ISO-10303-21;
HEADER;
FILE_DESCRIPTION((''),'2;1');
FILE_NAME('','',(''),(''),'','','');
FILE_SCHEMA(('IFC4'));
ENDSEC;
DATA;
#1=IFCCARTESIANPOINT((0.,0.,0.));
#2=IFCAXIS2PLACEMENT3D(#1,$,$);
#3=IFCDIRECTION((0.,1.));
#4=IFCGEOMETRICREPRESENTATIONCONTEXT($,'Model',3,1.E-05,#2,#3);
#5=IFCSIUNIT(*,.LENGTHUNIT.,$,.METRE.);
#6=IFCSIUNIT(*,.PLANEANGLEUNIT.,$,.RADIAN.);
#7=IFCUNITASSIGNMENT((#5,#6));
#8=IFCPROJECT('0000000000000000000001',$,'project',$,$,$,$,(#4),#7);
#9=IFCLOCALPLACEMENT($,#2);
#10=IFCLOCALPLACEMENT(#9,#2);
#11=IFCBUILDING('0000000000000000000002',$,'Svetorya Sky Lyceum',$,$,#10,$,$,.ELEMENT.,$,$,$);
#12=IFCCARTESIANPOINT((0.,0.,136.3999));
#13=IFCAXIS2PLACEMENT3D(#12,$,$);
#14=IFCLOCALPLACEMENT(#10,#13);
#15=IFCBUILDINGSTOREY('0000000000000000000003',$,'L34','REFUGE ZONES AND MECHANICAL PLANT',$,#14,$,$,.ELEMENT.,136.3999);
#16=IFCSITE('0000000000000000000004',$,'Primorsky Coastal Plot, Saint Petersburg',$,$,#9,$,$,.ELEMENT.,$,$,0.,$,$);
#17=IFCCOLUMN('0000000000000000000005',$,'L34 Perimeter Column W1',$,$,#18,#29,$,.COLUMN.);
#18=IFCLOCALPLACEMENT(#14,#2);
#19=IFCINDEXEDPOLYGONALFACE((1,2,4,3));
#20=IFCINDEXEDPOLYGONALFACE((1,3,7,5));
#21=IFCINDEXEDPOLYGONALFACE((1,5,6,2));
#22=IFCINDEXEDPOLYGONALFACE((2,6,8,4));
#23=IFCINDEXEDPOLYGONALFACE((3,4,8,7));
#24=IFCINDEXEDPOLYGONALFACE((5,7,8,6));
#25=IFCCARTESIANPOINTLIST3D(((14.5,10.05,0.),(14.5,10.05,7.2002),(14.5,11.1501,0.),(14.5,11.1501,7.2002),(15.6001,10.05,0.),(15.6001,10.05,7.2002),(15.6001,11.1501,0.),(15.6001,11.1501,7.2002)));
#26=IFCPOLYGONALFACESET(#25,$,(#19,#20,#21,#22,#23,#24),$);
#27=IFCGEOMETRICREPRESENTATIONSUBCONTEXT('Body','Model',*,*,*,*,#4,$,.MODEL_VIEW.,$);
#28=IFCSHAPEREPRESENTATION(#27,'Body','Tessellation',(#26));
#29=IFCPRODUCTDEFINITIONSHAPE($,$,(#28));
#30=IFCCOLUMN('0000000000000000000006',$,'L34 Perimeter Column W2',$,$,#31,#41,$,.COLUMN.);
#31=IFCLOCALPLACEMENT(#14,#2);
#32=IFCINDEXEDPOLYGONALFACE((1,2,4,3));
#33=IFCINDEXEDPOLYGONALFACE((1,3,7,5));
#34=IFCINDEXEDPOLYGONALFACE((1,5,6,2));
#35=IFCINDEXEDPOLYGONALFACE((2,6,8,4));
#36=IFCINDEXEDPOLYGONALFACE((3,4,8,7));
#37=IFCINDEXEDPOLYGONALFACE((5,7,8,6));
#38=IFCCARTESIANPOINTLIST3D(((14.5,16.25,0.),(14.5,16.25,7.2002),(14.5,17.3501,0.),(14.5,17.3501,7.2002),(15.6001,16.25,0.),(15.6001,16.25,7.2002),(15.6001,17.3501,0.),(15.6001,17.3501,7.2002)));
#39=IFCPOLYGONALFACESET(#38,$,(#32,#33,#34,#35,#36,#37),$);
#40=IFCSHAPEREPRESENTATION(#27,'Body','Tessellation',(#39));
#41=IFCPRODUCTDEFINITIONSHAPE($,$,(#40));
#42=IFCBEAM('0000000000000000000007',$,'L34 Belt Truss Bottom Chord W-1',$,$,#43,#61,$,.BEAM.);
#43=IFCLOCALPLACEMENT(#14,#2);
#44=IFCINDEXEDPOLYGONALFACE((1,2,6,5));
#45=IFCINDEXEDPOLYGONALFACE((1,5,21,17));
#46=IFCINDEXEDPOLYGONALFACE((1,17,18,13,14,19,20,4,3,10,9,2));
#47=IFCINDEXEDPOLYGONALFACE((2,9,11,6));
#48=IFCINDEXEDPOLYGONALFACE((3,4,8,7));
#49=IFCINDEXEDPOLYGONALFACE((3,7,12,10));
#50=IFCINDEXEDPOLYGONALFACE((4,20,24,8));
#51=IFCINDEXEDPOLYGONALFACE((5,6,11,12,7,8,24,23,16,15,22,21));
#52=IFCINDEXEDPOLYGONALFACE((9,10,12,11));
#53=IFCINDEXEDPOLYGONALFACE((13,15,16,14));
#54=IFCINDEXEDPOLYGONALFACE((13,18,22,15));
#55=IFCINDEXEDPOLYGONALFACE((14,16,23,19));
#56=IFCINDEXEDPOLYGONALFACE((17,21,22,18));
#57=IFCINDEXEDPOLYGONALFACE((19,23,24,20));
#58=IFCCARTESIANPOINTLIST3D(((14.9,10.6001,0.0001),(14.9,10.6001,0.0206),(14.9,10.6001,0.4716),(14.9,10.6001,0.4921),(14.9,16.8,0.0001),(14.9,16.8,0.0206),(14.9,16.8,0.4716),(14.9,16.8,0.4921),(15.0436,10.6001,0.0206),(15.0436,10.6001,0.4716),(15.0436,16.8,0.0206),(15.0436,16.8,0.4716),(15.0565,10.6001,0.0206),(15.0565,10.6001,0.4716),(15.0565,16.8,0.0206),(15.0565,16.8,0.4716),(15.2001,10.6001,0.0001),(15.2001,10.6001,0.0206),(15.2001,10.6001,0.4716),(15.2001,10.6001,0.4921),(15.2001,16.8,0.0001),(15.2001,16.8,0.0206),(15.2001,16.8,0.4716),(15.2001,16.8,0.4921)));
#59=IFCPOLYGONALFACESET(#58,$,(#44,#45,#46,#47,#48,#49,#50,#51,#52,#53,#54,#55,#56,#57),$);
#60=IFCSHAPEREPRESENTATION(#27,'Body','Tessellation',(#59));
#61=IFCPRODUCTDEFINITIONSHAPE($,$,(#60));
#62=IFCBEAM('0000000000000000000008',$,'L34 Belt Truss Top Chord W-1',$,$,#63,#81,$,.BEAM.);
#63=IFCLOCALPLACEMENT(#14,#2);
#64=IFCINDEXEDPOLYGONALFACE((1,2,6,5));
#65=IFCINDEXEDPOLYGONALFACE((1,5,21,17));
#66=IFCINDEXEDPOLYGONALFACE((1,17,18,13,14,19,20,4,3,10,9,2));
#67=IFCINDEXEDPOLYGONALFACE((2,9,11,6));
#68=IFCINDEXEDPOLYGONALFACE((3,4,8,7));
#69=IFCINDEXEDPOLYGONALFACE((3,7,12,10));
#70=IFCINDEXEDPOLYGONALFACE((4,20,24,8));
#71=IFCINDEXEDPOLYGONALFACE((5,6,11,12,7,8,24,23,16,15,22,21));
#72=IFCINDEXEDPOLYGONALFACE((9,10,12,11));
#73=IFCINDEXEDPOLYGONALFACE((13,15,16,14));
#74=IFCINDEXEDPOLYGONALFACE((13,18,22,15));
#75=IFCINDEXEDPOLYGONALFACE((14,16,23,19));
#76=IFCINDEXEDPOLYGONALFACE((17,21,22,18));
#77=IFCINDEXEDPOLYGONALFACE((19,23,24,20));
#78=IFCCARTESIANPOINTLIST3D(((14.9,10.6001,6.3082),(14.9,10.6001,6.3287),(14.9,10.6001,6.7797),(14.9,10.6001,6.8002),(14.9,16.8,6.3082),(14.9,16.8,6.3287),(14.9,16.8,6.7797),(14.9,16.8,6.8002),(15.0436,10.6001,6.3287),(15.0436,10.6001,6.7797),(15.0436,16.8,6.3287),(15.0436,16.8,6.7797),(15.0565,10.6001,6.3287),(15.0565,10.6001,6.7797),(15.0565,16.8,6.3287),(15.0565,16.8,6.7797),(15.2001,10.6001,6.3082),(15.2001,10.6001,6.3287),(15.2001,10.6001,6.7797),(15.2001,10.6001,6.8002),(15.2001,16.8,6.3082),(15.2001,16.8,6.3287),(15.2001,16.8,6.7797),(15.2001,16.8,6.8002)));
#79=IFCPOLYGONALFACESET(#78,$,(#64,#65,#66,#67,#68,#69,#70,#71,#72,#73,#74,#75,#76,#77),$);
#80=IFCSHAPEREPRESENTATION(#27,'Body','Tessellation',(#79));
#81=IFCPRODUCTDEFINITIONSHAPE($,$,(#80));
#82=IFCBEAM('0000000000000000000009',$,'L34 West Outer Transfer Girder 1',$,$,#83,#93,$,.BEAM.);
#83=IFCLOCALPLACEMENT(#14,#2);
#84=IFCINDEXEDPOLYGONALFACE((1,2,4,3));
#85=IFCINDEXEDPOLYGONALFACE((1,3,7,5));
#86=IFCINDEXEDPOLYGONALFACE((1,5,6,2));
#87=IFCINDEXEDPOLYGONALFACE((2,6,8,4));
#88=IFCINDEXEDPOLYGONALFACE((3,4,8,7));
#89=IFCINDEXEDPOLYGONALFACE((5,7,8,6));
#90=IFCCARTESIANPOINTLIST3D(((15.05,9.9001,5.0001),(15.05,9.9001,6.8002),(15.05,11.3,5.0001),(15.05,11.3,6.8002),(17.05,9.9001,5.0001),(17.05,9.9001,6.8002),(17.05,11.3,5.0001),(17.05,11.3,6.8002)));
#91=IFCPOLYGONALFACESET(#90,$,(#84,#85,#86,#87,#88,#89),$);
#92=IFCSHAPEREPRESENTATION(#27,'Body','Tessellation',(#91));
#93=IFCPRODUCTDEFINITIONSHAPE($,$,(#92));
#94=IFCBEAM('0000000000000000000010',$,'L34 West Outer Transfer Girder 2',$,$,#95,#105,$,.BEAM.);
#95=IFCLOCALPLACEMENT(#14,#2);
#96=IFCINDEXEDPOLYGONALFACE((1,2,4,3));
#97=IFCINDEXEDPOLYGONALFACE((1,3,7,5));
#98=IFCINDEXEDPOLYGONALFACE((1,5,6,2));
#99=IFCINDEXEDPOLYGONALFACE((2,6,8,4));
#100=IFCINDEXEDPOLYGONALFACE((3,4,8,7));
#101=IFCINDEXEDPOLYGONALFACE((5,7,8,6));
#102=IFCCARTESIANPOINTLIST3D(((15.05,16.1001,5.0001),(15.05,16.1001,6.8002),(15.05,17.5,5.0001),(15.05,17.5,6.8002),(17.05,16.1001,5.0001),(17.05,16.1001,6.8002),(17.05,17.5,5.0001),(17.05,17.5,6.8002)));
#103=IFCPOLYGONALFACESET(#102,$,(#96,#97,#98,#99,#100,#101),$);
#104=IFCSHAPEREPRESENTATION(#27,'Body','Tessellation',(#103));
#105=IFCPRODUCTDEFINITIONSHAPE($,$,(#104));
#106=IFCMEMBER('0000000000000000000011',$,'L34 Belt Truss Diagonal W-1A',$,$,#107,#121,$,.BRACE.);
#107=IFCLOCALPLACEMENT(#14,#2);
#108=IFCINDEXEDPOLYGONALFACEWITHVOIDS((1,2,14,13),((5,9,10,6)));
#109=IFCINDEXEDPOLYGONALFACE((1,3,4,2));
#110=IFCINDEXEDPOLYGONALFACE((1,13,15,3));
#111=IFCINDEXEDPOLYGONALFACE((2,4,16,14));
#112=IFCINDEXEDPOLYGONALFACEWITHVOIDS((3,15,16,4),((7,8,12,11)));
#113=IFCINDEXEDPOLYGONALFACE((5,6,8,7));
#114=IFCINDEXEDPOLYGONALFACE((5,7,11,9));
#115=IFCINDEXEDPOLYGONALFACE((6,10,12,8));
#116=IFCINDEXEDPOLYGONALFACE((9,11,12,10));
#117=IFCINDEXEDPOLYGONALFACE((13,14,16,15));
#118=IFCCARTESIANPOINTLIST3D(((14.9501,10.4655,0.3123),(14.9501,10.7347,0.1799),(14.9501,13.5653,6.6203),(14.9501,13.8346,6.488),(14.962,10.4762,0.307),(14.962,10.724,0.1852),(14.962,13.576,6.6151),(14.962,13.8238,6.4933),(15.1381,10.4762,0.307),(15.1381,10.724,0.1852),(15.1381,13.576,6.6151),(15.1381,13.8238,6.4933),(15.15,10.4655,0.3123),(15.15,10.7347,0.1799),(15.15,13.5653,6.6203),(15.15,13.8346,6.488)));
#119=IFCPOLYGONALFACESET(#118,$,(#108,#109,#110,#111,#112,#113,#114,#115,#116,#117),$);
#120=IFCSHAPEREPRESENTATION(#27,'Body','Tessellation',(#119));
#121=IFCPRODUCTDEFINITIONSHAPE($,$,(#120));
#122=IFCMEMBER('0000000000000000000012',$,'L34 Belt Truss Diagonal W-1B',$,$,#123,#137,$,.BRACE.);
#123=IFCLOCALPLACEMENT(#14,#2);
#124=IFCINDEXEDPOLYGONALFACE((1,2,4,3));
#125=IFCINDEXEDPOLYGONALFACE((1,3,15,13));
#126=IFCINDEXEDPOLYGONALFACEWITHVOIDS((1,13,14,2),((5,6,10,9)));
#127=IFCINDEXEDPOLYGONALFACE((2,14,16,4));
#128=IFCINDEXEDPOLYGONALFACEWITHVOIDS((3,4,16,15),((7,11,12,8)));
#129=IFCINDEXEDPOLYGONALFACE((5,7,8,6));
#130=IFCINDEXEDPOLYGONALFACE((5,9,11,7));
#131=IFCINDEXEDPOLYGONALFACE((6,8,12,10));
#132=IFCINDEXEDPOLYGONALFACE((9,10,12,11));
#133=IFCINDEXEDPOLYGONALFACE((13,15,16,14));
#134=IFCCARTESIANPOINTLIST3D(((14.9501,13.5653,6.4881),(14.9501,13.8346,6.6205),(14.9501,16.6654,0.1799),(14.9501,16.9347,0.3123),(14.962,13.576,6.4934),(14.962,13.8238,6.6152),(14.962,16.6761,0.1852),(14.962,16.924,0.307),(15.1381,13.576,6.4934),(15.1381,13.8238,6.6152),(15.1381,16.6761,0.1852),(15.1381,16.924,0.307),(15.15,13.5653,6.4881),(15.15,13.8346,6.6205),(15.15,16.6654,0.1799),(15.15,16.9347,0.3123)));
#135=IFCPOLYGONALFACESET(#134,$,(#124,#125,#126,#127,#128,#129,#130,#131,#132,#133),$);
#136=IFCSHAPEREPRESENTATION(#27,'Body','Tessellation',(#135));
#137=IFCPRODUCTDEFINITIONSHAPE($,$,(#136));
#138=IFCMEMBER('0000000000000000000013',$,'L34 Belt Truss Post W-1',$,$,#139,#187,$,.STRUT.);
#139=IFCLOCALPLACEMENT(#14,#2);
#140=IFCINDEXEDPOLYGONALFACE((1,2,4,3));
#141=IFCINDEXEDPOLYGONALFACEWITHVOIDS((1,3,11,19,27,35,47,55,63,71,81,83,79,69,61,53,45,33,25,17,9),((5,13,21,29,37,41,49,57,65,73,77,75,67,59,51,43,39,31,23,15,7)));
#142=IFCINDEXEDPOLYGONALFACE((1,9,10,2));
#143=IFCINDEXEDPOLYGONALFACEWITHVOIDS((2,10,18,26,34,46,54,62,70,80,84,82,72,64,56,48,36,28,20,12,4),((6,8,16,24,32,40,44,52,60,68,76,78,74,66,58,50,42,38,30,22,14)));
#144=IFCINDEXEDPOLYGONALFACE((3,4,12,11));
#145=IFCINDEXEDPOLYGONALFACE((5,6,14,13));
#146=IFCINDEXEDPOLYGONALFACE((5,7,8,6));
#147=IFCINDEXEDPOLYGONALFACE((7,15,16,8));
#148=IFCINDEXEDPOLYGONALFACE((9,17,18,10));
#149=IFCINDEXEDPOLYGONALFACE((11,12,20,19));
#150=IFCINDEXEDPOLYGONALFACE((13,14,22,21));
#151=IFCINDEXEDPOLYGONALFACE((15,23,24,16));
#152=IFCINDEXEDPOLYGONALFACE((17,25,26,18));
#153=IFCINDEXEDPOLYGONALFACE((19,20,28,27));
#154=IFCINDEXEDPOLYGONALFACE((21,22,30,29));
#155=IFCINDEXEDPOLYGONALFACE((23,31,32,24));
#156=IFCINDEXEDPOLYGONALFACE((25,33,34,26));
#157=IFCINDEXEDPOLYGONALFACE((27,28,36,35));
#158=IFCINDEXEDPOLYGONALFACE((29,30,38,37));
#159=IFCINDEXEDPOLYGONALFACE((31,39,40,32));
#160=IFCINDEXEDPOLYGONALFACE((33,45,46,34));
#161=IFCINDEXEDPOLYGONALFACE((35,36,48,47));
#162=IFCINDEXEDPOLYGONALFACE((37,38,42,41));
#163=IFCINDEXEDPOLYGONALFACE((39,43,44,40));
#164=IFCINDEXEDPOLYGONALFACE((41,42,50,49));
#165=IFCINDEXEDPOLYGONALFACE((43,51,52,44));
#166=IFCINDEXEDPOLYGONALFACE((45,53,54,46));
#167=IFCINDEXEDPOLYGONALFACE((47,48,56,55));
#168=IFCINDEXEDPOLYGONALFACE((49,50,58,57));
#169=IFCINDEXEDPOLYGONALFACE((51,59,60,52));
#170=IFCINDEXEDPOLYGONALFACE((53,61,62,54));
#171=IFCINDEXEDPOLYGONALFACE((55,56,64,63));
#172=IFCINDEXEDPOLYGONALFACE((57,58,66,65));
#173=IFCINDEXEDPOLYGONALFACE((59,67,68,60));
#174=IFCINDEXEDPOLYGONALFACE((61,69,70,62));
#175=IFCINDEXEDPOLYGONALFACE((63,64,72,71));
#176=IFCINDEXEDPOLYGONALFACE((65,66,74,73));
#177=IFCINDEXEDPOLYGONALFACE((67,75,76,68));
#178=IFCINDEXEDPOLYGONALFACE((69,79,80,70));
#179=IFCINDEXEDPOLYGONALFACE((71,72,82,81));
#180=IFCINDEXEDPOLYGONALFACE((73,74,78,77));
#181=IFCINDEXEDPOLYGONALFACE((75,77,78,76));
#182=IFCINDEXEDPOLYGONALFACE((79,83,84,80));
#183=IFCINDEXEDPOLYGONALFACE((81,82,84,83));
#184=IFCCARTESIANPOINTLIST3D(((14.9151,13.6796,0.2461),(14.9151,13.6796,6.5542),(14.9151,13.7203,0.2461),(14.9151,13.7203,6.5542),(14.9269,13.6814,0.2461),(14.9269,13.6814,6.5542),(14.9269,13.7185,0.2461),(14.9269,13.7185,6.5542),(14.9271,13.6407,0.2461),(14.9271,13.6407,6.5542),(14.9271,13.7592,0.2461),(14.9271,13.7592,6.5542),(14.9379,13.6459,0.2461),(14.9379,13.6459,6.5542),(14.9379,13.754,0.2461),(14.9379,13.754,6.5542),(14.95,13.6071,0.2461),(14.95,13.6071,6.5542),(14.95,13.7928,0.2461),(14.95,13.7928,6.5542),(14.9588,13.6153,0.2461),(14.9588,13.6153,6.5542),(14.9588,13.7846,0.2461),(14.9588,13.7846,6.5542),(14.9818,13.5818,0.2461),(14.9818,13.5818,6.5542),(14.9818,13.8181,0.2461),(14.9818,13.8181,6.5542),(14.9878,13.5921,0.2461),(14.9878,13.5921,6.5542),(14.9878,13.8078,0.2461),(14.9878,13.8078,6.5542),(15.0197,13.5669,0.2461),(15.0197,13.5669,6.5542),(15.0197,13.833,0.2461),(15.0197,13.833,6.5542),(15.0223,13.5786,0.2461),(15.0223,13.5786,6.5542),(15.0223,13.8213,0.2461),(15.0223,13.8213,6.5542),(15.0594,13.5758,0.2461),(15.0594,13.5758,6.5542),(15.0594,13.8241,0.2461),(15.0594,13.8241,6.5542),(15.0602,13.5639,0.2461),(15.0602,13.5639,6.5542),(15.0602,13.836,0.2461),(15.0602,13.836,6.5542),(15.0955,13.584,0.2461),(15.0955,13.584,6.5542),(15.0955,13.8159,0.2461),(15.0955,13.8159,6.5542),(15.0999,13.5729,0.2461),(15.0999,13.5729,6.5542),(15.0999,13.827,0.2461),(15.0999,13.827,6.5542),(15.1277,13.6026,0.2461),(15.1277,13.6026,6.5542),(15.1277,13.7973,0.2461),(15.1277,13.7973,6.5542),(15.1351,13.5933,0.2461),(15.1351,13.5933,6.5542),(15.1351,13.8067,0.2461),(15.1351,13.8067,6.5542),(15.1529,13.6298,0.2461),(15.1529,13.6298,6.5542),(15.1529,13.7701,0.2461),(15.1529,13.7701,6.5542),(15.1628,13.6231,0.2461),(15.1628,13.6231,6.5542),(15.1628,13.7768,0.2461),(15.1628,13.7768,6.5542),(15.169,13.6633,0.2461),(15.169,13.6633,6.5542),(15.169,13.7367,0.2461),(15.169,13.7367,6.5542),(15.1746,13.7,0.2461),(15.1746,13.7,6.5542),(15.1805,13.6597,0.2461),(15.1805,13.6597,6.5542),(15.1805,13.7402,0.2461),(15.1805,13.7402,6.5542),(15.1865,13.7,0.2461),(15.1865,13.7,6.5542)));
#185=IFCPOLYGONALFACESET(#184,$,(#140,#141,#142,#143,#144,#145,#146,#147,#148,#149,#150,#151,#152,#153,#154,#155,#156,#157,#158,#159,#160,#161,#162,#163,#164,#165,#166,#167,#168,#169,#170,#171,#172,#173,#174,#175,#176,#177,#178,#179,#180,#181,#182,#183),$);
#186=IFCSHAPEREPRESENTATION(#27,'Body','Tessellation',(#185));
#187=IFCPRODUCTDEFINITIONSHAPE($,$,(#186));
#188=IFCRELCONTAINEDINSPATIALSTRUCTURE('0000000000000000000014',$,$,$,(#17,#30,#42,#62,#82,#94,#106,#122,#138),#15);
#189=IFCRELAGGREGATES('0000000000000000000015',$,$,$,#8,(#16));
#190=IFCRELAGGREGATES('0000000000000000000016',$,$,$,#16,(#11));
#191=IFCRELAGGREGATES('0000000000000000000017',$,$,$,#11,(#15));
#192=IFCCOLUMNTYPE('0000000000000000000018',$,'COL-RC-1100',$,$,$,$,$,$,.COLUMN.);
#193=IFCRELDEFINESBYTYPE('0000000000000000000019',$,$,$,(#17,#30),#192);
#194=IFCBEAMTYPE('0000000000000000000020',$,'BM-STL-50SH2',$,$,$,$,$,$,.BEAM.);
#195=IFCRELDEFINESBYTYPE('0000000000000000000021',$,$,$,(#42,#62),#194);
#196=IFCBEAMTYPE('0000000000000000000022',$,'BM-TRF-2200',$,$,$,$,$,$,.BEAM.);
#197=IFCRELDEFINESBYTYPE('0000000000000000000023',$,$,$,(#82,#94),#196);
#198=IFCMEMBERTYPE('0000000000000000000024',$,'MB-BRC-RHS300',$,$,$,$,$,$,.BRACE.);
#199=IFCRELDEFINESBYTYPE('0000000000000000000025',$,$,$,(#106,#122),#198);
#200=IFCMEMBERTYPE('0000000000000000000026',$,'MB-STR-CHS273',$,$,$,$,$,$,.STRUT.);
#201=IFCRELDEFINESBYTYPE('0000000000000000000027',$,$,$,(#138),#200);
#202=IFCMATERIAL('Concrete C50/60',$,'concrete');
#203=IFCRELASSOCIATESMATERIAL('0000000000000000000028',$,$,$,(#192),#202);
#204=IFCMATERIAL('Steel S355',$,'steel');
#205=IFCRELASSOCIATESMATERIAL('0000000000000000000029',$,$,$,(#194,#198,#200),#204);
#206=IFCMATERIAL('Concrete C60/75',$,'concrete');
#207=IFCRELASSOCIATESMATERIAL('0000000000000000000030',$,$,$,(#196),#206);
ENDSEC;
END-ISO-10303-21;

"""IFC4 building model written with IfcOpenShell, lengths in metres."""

from ifc_helpers import new_model, si_unit, direction, frame, origin, origin_2d, place, context, subcontext, project, spatial, rectangle, hollow_rectangle, hollow_circle, i_section, extrude, material, material_profile, profile_set, type_object, element, save


model = new_model("IFC4")

# Units and contexts
model_context = context("Model", 3, precision=1e-05, world=origin(), true_north=direction((0.0, 1.0)))
body_context = subcontext(model_context, "Body", "Model", "MODEL_VIEW")
ifc_project = project(units=[si_unit("LENGTHUNIT", "METRE"), si_unit("PLANEANGLEUNIT", "RADIAN")], contexts=[model_context])

# Site, building, storey
site_placement = place(None, origin())
site = spatial("IfcSite", under=ifc_project, at=site_placement, Name="Primorsky Coastal Plot, Saint Petersburg", CompositionType="ELEMENT", RefElevation=0.0)
building_placement = place(site_placement, origin())
building = spatial("IfcBuilding", under=site, at=building_placement, Name="Svetorya Sky Lyceum", CompositionType="ELEMENT")
storey_placement = place(building_placement, frame((0.0, 0.0, 136.3999)))
storey = spatial("IfcBuildingStorey", under=building, at=storey_placement, Name="L34", Description="REFUGE ZONES AND MECHANICAL PLANT", CompositionType="ELEMENT", Elevation=136.3999)

# Columns
ifc_material_1 = material(Name="Concrete C50/60", Category="concrete")
ifc_material_profile_1 = material_profile(ifc_material_1, rectangle(XDim=1.1001, YDim=1.1001, at=origin_2d()), Name="RC COL 1100x1100")
ifc_profile_set_1 = profile_set([ifc_material_profile_1], Name="Concrete C50/60")
column_type = type_object("IfcColumnType", Name="COL-RC-1100", PredefinedType="COLUMN", material=ifc_profile_set_1)
for number, where, z_axis, x_axis, name in (
    (1, (15.05, 10.6001, 0.0), (0.0, 0.0, 1.0), (1.0, 0.0, 0.0), "L34 Perimeter Column W1"),
    (2, (15.05, 16.8, 0.0), (0.0, 0.0, 1.0), (1.0, 0.0, 0.0), "L34 Perimeter Column W2"),
):
    element("IfcColumn", number, at=place(storey_placement, frame(where, z_axis=z_axis, x_axis=x_axis)), inside=storey, type_object=column_type, Name=name, PredefinedType="COLUMN", context=body_context, shape_type="SweptSolid", body=[
        extrude(rectangle(XDim=1.1001, YDim=1.1001, at=origin_2d()), origin(), (0.0, 0.0, 1.0), 7.2002),
    ])

# Beams
ifc_material_2 = material(Name="Steel S355", Category="steel")
ifc_material_profile_2 = material_profile(ifc_material_2, i_section(OverallWidth=0.3, OverallDepth=0.4919, WebThickness=0.0129, FlangeThickness=0.0205, at=origin_2d()), Name="GOST 50Sh2")
ifc_profile_set_2 = profile_set([ifc_material_profile_2], Name="Steel S355")
beam_type_1 = type_object("IfcBeamType", Name="BM-STL-50SH2", PredefinedType="BEAM", material=ifc_profile_set_2)
for number, where, z_axis, x_axis, name in (
    (3, (15.05, 10.6001, 0.2461), (0.0, 1.0, 0.0), (-1.0, 0.0, 0.0), "L34 Belt Truss Bottom Chord W-1"),
    (4, (15.05, 10.6001, 6.5542), (0.0, 1.0, 0.0), (-1.0, 0.0, 0.0), "L34 Belt Truss Top Chord W-1"),
):
    element("IfcBeam", number, at=place(storey_placement, frame(where, z_axis=z_axis, x_axis=x_axis)), inside=storey, type_object=beam_type_1, Name=name, PredefinedType="BEAM", context=body_context, shape_type="SweptSolid", body=[
        extrude(i_section(OverallWidth=0.3, OverallDepth=0.4919, WebThickness=0.0129, FlangeThickness=0.0205, at=origin_2d()), origin(), (0.0, 0.0, 1.0), 6.2),
    ])
ifc_material_3 = material(Name="Concrete C60/75", Category="concrete")
ifc_material_profile_3 = material_profile(ifc_material_3, rectangle(XDim=1.3999, YDim=1.8, at=origin_2d()), Name="RC TRANSFER 1400x1800")
ifc_profile_set_3 = profile_set([ifc_material_profile_3], Name="Concrete C60/75")
beam_type_2 = type_object("IfcBeamType", Name="BM-TRF-2200", PredefinedType="BEAM", material=ifc_profile_set_3)
for number, where, z_axis, x_axis, name in (
    (5, (15.05, 10.6001, 5.9001), (1.0, 0.0, 0.0), (0.0, 1.0, 0.0), "L34 West Outer Transfer Girder 1"),
    (6, (15.05, 16.8, 5.9001), (1.0, 0.0, 0.0), (0.0, 1.0, 0.0), "L34 West Outer Transfer Girder 2"),
):
    element("IfcBeam", number, at=place(storey_placement, frame(where, z_axis=z_axis, x_axis=x_axis)), inside=storey, type_object=beam_type_2, Name=name, PredefinedType="BEAM", context=body_context, shape_type="SweptSolid", body=[
        extrude(rectangle(XDim=1.3999, YDim=1.8, at=origin_2d()), origin(), (0.0, 0.0, 1.0), 2.0),
    ])

# Members
ifc_material_profile_4 = material_profile(ifc_material_2, hollow_rectangle(XDim=0.2, YDim=0.3, WallThickness=0.012, at=origin_2d()), Name="RHS 300x200x12")
ifc_profile_set_4 = profile_set([ifc_material_profile_4], Name="Steel S355")
member_type_1 = type_object("IfcMemberType", Name="MB-BRC-RHS300", PredefinedType="BRACE", material=ifc_profile_set_4)
member_1_placement = place(storey_placement, frame((15.05, 10.6001, 0.2461), z_axis=(0.0, 0.441034, 0.89749), x_axis=(-1.0, 0.0, 0.0)))
element("IfcMember", 7, at=member_1_placement, inside=storey, type_object=member_type_1, Name="L34 Belt Truss Diagonal W-1A", PredefinedType="BRACE", context=body_context, shape_type="SweptSolid", body=[
    extrude(hollow_rectangle(XDim=0.2, YDim=0.3, WallThickness=0.012, at=origin_2d()), origin(), (0.0, 0.0, 1.0), 7.0286),
])
member_2_placement = place(storey_placement, frame((15.05, 16.8, 0.2461), z_axis=(0.0, -0.441062, 0.897477), x_axis=(1.0, 0.0, 0.0)))
element("IfcMember", 8, at=member_2_placement, inside=storey, type_object=member_type_1, Name="L34 Belt Truss Diagonal W-1B", PredefinedType="BRACE", context=body_context, shape_type="SweptSolid", body=[
    extrude(hollow_rectangle(XDim=0.2, YDim=0.3, WallThickness=0.012, at=origin_2d()), origin(), (0.0, 0.0, 1.0), 7.0288),
])
ifc_material_profile_5 = material_profile(ifc_material_2, hollow_circle(Radius=0.1365, WallThickness=0.012, at=origin_2d()), Name="CHS 273x12")
ifc_profile_set_5 = profile_set([ifc_material_profile_5], Name="Steel S355")
member_type_2 = type_object("IfcMemberType", Name="MB-STR-CHS273", PredefinedType="STRUT", material=ifc_profile_set_5)
member_3_placement = place(storey_placement, frame((15.05, 13.7, 0.2461), z_axis=(0.0, 0.0, 1.0), x_axis=(1.0, 0.0, 0.0)))
element("IfcMember", 9, at=member_3_placement, inside=storey, type_object=member_type_2, Name="L34 Belt Truss Post W-1", PredefinedType="STRUT", context=body_context, shape_type="SweptSolid", body=[
    extrude(hollow_circle(Radius=0.1365, WallThickness=0.012, at=origin_2d()), origin(), (0.0, 0.0, 1.0), 6.3081),
])

save(model, "model.ifc")
